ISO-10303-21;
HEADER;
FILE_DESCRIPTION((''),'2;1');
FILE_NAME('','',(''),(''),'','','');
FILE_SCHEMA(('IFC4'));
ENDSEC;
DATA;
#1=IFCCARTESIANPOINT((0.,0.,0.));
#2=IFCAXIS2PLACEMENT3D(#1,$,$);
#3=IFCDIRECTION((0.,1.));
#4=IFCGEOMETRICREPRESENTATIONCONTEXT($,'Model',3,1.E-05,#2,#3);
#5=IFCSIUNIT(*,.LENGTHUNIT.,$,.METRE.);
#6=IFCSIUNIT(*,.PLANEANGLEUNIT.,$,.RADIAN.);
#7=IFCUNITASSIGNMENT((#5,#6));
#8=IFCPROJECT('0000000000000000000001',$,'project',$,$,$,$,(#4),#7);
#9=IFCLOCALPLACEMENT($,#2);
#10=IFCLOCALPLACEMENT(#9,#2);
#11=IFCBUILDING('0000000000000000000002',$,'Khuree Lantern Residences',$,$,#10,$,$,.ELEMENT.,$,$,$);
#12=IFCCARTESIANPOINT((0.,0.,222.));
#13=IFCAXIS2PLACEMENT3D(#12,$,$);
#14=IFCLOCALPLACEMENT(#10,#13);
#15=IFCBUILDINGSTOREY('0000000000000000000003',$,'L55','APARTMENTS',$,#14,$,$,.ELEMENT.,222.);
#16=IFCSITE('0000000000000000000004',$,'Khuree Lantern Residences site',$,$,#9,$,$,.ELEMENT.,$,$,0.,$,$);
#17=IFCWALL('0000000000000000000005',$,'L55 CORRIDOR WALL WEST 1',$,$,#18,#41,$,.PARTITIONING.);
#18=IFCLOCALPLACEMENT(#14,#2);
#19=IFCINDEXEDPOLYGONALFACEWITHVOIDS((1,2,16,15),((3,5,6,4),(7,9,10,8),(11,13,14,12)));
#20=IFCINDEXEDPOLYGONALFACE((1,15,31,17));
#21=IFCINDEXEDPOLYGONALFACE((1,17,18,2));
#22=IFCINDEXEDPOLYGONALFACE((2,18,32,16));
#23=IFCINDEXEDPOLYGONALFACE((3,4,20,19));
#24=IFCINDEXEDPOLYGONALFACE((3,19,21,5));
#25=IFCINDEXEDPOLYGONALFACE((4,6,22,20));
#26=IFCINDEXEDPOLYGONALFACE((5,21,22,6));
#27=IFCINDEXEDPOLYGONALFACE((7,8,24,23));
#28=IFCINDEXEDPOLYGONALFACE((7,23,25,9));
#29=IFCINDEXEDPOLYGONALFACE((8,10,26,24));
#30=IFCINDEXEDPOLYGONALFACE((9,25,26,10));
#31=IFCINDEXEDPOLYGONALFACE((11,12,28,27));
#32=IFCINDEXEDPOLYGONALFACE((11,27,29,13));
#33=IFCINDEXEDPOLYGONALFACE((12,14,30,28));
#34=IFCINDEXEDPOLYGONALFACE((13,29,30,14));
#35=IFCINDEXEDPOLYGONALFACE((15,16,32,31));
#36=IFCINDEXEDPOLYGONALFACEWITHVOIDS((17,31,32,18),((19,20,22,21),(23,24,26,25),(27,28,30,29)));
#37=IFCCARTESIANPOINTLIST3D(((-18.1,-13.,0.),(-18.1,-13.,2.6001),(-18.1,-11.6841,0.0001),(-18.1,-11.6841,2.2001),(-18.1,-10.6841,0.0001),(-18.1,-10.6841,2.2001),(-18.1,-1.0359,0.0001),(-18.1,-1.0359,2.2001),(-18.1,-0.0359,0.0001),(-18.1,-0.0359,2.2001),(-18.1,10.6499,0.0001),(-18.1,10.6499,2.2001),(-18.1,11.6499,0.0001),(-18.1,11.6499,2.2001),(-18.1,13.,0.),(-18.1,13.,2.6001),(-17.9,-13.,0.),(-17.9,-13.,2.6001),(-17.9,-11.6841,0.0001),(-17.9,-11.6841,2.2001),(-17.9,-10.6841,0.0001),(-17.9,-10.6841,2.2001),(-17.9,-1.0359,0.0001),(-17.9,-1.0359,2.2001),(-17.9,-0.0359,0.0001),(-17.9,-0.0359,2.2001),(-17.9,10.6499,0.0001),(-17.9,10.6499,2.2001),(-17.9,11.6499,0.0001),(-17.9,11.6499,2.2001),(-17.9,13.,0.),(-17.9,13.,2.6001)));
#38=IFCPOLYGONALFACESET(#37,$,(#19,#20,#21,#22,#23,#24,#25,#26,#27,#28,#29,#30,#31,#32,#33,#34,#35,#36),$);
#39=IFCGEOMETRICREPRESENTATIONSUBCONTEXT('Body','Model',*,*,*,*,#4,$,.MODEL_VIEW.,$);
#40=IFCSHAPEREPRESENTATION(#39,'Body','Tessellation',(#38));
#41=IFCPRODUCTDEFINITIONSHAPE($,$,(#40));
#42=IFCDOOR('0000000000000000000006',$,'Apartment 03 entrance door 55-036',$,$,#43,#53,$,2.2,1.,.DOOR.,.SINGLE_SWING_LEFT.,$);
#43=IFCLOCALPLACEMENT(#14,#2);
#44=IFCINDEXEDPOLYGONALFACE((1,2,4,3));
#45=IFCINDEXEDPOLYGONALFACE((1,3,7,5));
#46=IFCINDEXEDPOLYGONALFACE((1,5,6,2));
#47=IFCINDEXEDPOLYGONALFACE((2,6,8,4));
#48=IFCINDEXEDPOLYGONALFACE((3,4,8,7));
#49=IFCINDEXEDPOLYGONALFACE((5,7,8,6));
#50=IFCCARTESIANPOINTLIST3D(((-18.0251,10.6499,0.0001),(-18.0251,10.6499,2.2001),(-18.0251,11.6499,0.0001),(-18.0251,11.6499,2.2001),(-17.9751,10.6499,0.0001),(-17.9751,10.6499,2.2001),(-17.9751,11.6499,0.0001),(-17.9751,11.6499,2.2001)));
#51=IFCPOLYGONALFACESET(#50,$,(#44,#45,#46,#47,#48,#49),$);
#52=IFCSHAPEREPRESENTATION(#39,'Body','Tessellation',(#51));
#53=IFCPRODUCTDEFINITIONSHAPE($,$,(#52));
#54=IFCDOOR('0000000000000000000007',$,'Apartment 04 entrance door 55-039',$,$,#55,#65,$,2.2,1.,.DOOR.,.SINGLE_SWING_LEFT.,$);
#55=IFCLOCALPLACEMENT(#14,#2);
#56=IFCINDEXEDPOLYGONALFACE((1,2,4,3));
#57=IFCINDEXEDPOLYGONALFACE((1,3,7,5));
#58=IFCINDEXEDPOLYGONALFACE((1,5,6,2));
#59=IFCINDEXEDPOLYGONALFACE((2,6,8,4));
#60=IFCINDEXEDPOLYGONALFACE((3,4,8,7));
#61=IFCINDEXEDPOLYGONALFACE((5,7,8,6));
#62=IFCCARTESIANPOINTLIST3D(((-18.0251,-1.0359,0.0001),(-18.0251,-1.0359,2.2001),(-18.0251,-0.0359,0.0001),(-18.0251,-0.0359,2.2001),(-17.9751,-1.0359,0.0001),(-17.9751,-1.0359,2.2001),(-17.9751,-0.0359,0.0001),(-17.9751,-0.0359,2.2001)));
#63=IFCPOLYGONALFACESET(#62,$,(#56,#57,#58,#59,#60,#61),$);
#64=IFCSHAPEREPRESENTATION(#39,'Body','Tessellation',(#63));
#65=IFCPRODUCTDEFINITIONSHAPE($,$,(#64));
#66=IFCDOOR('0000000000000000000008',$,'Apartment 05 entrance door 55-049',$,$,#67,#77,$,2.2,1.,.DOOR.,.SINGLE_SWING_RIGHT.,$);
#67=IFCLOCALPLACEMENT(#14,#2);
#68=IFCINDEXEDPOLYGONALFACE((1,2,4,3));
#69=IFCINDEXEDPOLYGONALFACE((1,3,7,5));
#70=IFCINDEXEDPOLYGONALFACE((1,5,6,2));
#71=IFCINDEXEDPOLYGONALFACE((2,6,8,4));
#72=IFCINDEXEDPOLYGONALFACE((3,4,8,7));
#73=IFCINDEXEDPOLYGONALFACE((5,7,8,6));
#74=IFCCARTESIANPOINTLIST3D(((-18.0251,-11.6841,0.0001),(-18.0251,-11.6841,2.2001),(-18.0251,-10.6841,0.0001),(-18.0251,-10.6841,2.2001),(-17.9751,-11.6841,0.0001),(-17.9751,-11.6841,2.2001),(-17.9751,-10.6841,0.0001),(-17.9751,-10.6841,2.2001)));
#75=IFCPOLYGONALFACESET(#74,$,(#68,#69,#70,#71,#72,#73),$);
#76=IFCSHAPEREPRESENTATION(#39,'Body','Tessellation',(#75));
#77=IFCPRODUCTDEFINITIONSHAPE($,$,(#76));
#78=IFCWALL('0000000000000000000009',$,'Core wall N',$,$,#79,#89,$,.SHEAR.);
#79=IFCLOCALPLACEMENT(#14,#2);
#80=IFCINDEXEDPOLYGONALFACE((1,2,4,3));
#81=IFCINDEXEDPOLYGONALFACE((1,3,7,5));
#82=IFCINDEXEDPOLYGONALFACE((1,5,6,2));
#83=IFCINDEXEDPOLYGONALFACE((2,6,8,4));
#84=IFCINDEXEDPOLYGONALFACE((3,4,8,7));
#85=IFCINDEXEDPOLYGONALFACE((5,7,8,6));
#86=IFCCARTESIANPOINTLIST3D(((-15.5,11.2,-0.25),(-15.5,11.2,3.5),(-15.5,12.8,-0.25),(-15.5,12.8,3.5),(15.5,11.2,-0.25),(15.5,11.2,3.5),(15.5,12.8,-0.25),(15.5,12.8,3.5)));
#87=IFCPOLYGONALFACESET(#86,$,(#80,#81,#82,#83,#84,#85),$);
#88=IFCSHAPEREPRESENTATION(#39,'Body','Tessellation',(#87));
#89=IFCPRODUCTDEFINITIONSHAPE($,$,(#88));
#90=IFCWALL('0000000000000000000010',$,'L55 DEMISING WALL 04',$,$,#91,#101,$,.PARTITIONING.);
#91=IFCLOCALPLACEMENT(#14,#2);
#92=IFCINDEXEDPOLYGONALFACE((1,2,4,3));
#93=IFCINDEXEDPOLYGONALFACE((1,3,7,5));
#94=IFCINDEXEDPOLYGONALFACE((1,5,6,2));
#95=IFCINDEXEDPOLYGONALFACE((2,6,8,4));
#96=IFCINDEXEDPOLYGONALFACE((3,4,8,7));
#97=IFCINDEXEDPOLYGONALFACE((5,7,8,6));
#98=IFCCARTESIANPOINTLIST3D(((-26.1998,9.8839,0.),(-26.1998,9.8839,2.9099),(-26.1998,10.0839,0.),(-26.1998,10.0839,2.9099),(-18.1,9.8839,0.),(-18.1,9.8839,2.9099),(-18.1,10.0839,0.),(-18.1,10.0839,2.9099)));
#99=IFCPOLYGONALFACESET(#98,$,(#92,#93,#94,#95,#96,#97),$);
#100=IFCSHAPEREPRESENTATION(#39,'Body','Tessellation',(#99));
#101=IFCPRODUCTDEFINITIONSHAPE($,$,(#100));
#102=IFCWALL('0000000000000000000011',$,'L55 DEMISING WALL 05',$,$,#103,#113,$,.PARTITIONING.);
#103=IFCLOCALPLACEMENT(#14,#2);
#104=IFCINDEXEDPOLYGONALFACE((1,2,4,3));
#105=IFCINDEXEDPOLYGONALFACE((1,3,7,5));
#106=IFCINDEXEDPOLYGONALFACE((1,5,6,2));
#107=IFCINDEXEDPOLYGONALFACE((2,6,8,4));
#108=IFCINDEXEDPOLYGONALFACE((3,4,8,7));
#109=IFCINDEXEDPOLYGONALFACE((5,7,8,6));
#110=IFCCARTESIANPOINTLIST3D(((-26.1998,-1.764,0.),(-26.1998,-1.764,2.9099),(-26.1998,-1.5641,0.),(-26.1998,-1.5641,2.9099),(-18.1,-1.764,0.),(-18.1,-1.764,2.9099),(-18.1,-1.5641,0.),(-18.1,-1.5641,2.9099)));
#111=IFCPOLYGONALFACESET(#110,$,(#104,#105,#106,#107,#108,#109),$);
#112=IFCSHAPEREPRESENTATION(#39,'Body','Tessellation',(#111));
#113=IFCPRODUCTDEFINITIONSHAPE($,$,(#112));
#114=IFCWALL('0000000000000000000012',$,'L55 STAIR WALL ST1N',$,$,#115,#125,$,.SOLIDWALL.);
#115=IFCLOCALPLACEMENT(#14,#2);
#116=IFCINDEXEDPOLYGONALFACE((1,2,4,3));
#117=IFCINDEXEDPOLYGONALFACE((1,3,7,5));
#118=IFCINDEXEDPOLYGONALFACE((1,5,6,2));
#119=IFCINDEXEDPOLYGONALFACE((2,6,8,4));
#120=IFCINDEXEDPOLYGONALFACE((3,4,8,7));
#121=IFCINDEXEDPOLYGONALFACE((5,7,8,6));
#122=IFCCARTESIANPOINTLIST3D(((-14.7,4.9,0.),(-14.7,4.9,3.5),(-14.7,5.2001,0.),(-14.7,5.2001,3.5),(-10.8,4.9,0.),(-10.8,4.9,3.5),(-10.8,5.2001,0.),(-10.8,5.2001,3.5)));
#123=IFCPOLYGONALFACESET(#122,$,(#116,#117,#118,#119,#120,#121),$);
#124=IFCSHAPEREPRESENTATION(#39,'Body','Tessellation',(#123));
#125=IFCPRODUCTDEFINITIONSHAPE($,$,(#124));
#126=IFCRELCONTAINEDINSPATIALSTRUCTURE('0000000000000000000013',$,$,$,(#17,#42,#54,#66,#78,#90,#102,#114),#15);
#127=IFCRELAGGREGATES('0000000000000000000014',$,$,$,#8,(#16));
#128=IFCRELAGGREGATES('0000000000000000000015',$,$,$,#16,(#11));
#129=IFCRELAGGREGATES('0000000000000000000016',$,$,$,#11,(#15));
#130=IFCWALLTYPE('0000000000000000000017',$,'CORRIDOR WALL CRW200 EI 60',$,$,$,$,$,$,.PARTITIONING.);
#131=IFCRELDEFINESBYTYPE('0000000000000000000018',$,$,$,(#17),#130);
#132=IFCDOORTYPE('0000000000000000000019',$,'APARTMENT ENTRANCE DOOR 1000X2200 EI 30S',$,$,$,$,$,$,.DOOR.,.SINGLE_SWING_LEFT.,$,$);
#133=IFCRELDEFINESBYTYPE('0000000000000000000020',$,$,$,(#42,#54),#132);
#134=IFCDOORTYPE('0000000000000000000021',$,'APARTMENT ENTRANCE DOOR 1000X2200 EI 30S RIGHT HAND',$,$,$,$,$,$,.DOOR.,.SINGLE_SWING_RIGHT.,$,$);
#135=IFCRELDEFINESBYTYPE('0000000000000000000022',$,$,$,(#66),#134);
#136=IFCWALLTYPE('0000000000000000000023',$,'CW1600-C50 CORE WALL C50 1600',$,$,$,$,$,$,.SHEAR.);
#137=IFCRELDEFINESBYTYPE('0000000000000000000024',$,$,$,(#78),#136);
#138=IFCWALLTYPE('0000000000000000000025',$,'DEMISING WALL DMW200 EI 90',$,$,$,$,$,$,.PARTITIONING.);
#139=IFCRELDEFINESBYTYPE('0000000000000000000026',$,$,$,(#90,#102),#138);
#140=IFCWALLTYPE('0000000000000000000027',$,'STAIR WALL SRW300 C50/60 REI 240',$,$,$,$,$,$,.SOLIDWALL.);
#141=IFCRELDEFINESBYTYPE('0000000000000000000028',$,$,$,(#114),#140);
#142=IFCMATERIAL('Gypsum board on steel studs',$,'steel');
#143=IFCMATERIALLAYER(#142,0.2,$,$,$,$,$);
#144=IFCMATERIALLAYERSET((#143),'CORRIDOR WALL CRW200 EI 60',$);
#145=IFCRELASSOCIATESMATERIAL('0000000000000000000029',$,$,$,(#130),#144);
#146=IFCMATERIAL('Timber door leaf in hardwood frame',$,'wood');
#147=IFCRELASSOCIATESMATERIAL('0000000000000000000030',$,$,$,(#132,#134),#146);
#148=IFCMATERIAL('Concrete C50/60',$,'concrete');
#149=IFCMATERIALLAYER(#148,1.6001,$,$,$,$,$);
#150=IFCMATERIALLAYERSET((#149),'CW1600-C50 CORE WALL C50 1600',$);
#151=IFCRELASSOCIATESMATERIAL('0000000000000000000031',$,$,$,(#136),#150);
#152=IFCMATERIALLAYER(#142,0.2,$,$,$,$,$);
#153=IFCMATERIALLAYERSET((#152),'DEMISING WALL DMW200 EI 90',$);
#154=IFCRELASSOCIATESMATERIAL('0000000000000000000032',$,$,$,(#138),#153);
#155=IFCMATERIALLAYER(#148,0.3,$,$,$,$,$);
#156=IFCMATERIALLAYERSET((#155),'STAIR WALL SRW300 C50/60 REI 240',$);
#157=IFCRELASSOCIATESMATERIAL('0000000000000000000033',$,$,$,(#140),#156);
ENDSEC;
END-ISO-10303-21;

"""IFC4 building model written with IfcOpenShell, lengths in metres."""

from ifc_helpers import new_model, si_unit, direction, frame, frame_2d, origin, place, context, subcontext, project, spatial, rectangle, extrude, material, layer, layer_set, type_object, element, fill, save


model = new_model("IFC4")

# Units and contexts
model_context = context("Model", 3, precision=1e-05, world=origin(), true_north=direction((0.0, 1.0)))
body_context = subcontext(model_context, "Body", "Model", "MODEL_VIEW")
ifc_project = project(units=[si_unit("LENGTHUNIT", "METRE"), si_unit("PLANEANGLEUNIT", "RADIAN")], contexts=[model_context])

# Site, building, storey
site_placement = place(None, origin())
site = spatial("IfcSite", under=ifc_project, at=site_placement, Name="Khuree Lantern Residences site", CompositionType="ELEMENT", RefElevation=0.0)
building_placement = place(site_placement, origin())
building = spatial("IfcBuilding", under=site, at=building_placement, Name="Khuree Lantern Residences", CompositionType="ELEMENT")
storey_placement = place(building_placement, frame((0.0, 0.0, 222.0)))
storey = spatial("IfcBuildingStorey", under=building, at=storey_placement, Name="L55", Description="APARTMENTS", CompositionType="ELEMENT", Elevation=222.0)

# Shared definitions
ifc_material_1 = material(Name="Concrete C50/60", Category="concrete")

# Shared definitions
ifc_material_2 = material(Name="Timber door leaf in hardwood frame", Category="wood")

# Shared definitions
ifc_material_3 = material(Name="Gypsum board on steel studs", Category="steel")
ifc_layer_1 = layer(ifc_material_3, 0.2)
ifc_layer_set_1 = layer_set([ifc_layer_1], Name="CORRIDOR WALL CRW200 EI 60")
wall_type_1 = type_object("IfcWallType", Name="CORRIDOR WALL CRW200 EI 60", PredefinedType="PARTITIONING", material=ifc_layer_set_1)

# Wall, openings, doors
wall_1_placement = place(storey_placement, frame((-18.0, 13.0, 0.0), z_axis=(0.0, 0.0, 1.0), x_axis=(0.0, -1.0, 0.0)))
wall_1 = element("IfcWall", 1, at=wall_1_placement, inside=storey, type_object=wall_type_1, Name="L55 CORRIDOR WALL WEST 1", PredefinedType="PARTITIONING", context=body_context, shape_type="SweptSolid", body=[
    extrude(rectangle(XDim=26.0, YDim=0.2, at=frame_2d((13.0, 0.0))), origin(), (0.0, 0.0, 1.0), 2.6001),
])
opening_1_placement = place(wall_1_placement, frame((1.3501, 0.0, 0.0)))
opening_1 = element("IfcOpeningElement", 2, at=opening_1_placement, cuts=wall_1, PredefinedType="OPENING", context=body_context, shape_type="SweptSolid", body=[
    extrude(rectangle(XDim=1.0, YDim=2.2, at=frame_2d((0.5, 1.1001))), frame((0.0, 0.1099, 0.0), z_axis=(0.0, -1.0, 0.0), x_axis=(1.0, 0.0, 0.0)), (0.0, 0.0, 1.0), 0.22),
])
opening_2_placement = place(wall_1_placement, frame((13.0359, 0.0, 0.0)))
opening_2 = element("IfcOpeningElement", 3, at=opening_2_placement, cuts=wall_1, PredefinedType="OPENING", context=body_context, shape_type="SweptSolid", body=[
    extrude(rectangle(XDim=1.0, YDim=2.2, at=frame_2d((0.5, 1.1001))), frame((0.0, 0.1099, 0.0), z_axis=(0.0, -1.0, 0.0), x_axis=(1.0, 0.0, 0.0)), (0.0, 0.0, 1.0), 0.22),
])
opening_3_placement = place(wall_1_placement, frame((23.6841, 0.0, 0.0)))
opening_3 = element("IfcOpeningElement", 4, at=opening_3_placement, cuts=wall_1, PredefinedType="OPENING", context=body_context, shape_type="SweptSolid", body=[
    extrude(rectangle(XDim=1.0, YDim=2.2, at=frame_2d((0.5, 1.1001))), frame((0.0, 0.1099, 0.0), z_axis=(0.0, -1.0, 0.0), x_axis=(1.0, 0.0, 0.0)), (0.0, 0.0, 1.0), 0.22),
])
door_type_1 = type_object("IfcDoorType", Name="APARTMENT ENTRANCE DOOR 1000X2200 EI 30S", OperationType="SINGLE_SWING_LEFT", PredefinedType="DOOR", material=ifc_material_2)
door_1_placement = place(opening_1_placement, origin())
door_1 = element("IfcDoor", 5, at=door_1_placement, inside=storey, type_object=door_type_1, Name="Apartment 03 entrance door 55-036", OperationType="SINGLE_SWING_LEFT", OverallHeight=2.2, OverallWidth=1.0, PredefinedType="DOOR", context=body_context, shape_type="SweptSolid", body=[
    extrude(rectangle(XDim=1.0, YDim=2.2, at=frame_2d((0.5, 1.1001))), frame((0.0, 0.0249, 0.0), z_axis=(0.0, -1.0, 0.0), x_axis=(1.0, 0.0, 0.0)), (0.0, 0.0, 1.0), 0.05),
])
fill(opening_1, door_1)
door_2_placement = place(opening_2_placement, origin())
door_2 = element("IfcDoor", 6, at=door_2_placement, inside=storey, type_object=door_type_1, Name="Apartment 04 entrance door 55-039", OperationType="SINGLE_SWING_LEFT", OverallHeight=2.2, OverallWidth=1.0, PredefinedType="DOOR", context=body_context, shape_type="SweptSolid", body=[
    extrude(rectangle(XDim=1.0, YDim=2.2, at=frame_2d((0.5, 1.1001))), frame((0.0, 0.0249, 0.0), z_axis=(0.0, -1.0, 0.0), x_axis=(1.0, 0.0, 0.0)), (0.0, 0.0, 1.0), 0.05),
])
fill(opening_2, door_2)
door_type_2 = type_object("IfcDoorType", Name="APARTMENT ENTRANCE DOOR 1000X2200 EI 30S RIGHT HAND", OperationType="SINGLE_SWING_RIGHT", PredefinedType="DOOR", material=ifc_material_2)
door_3_placement = place(opening_3_placement, origin())
door_3 = element("IfcDoor", 7, at=door_3_placement, inside=storey, type_object=door_type_2, Name="Apartment 05 entrance door 55-049", OperationType="SINGLE_SWING_RIGHT", OverallHeight=2.2, OverallWidth=1.0, PredefinedType="DOOR", context=body_context, shape_type="SweptSolid", body=[
    extrude(rectangle(XDim=1.0, YDim=2.2, at=frame_2d((0.5, 1.1001))), frame((0.0, 0.0249, 0.0), z_axis=(0.0, -1.0, 0.0), x_axis=(1.0, 0.0, 0.0)), (0.0, 0.0, 1.0), 0.05),
])
fill(opening_3, door_3)

# Walls
ifc_layer_2 = layer(ifc_material_1, 1.6001)
ifc_layer_set_2 = layer_set([ifc_layer_2], Name="CW1600-C50 CORE WALL C50 1600")
wall_type_2 = type_object("IfcWallType", Name="CW1600-C50 CORE WALL C50 1600", PredefinedType="SHEAR", material=ifc_layer_set_2)
wall_2_placement = place(storey_placement, frame((-15.5, 12.0, -0.25), z_axis=(0.0, 0.0, 1.0), x_axis=(1.0, 0.0, 0.0)))
element("IfcWall", 8, at=wall_2_placement, inside=storey, type_object=wall_type_2, Name="Core wall N", PredefinedType="SHEAR", context=body_context, shape_type="SweptSolid", body=[
    extrude(rectangle(XDim=31.0, YDim=1.6001, at=frame_2d((15.5, 0.0))), origin(), (0.0, 0.0, 1.0), 3.75),
])
ifc_layer_3 = layer(ifc_material_3, 0.2)
ifc_layer_set_3 = layer_set([ifc_layer_3], Name="DEMISING WALL DMW200 EI 90")
wall_type_3 = type_object("IfcWallType", Name="DEMISING WALL DMW200 EI 90", PredefinedType="PARTITIONING", material=ifc_layer_set_3)
for number, where, z_axis, x_axis, name in (
    (9, (-18.1001, 9.9839, 0.0), (0.0, 0.0, 1.0), (-1.0, 0.0, 0.0), "L55 DEMISING WALL 04"),
    (10, (-18.1001, -1.6641, 0.0), (0.0, 0.0, 1.0), (-1.0, 0.0, 0.0), "L55 DEMISING WALL 05"),
):
    element("IfcWall", number, at=place(storey_placement, frame(where, z_axis=z_axis, x_axis=x_axis)), inside=storey, type_object=wall_type_3, Name=name, PredefinedType="PARTITIONING", context=body_context, shape_type="SweptSolid", body=[
        extrude(rectangle(XDim=8.0999, YDim=0.2, at=frame_2d((4.0498, 0.0))), origin(), (0.0, 0.0, 1.0), 2.9099),
    ])
ifc_layer_4 = layer(ifc_material_1, 0.3)
ifc_layer_set_4 = layer_set([ifc_layer_4], Name="STAIR WALL SRW300 C50/60 REI 240")
wall_type_4 = type_object("IfcWallType", Name="STAIR WALL SRW300 C50/60 REI 240", PredefinedType="SOLIDWALL", material=ifc_layer_set_4)
wall_3_placement = place(storey_placement, frame((-14.7, 5.05, 0.0), z_axis=(0.0, 0.0, 1.0), x_axis=(1.0, 0.0, 0.0)))
element("IfcWall", 11, at=wall_3_placement, inside=storey, type_object=wall_type_4, Name="L55 STAIR WALL ST1N", PredefinedType="SOLIDWALL", context=body_context, shape_type="SweptSolid", body=[
    extrude(rectangle(XDim=3.8999, YDim=0.3, at=frame_2d((1.95, 0.0))), origin(), (0.0, 0.0, 1.0), 3.5),
])

save(model, "model.ifc")
